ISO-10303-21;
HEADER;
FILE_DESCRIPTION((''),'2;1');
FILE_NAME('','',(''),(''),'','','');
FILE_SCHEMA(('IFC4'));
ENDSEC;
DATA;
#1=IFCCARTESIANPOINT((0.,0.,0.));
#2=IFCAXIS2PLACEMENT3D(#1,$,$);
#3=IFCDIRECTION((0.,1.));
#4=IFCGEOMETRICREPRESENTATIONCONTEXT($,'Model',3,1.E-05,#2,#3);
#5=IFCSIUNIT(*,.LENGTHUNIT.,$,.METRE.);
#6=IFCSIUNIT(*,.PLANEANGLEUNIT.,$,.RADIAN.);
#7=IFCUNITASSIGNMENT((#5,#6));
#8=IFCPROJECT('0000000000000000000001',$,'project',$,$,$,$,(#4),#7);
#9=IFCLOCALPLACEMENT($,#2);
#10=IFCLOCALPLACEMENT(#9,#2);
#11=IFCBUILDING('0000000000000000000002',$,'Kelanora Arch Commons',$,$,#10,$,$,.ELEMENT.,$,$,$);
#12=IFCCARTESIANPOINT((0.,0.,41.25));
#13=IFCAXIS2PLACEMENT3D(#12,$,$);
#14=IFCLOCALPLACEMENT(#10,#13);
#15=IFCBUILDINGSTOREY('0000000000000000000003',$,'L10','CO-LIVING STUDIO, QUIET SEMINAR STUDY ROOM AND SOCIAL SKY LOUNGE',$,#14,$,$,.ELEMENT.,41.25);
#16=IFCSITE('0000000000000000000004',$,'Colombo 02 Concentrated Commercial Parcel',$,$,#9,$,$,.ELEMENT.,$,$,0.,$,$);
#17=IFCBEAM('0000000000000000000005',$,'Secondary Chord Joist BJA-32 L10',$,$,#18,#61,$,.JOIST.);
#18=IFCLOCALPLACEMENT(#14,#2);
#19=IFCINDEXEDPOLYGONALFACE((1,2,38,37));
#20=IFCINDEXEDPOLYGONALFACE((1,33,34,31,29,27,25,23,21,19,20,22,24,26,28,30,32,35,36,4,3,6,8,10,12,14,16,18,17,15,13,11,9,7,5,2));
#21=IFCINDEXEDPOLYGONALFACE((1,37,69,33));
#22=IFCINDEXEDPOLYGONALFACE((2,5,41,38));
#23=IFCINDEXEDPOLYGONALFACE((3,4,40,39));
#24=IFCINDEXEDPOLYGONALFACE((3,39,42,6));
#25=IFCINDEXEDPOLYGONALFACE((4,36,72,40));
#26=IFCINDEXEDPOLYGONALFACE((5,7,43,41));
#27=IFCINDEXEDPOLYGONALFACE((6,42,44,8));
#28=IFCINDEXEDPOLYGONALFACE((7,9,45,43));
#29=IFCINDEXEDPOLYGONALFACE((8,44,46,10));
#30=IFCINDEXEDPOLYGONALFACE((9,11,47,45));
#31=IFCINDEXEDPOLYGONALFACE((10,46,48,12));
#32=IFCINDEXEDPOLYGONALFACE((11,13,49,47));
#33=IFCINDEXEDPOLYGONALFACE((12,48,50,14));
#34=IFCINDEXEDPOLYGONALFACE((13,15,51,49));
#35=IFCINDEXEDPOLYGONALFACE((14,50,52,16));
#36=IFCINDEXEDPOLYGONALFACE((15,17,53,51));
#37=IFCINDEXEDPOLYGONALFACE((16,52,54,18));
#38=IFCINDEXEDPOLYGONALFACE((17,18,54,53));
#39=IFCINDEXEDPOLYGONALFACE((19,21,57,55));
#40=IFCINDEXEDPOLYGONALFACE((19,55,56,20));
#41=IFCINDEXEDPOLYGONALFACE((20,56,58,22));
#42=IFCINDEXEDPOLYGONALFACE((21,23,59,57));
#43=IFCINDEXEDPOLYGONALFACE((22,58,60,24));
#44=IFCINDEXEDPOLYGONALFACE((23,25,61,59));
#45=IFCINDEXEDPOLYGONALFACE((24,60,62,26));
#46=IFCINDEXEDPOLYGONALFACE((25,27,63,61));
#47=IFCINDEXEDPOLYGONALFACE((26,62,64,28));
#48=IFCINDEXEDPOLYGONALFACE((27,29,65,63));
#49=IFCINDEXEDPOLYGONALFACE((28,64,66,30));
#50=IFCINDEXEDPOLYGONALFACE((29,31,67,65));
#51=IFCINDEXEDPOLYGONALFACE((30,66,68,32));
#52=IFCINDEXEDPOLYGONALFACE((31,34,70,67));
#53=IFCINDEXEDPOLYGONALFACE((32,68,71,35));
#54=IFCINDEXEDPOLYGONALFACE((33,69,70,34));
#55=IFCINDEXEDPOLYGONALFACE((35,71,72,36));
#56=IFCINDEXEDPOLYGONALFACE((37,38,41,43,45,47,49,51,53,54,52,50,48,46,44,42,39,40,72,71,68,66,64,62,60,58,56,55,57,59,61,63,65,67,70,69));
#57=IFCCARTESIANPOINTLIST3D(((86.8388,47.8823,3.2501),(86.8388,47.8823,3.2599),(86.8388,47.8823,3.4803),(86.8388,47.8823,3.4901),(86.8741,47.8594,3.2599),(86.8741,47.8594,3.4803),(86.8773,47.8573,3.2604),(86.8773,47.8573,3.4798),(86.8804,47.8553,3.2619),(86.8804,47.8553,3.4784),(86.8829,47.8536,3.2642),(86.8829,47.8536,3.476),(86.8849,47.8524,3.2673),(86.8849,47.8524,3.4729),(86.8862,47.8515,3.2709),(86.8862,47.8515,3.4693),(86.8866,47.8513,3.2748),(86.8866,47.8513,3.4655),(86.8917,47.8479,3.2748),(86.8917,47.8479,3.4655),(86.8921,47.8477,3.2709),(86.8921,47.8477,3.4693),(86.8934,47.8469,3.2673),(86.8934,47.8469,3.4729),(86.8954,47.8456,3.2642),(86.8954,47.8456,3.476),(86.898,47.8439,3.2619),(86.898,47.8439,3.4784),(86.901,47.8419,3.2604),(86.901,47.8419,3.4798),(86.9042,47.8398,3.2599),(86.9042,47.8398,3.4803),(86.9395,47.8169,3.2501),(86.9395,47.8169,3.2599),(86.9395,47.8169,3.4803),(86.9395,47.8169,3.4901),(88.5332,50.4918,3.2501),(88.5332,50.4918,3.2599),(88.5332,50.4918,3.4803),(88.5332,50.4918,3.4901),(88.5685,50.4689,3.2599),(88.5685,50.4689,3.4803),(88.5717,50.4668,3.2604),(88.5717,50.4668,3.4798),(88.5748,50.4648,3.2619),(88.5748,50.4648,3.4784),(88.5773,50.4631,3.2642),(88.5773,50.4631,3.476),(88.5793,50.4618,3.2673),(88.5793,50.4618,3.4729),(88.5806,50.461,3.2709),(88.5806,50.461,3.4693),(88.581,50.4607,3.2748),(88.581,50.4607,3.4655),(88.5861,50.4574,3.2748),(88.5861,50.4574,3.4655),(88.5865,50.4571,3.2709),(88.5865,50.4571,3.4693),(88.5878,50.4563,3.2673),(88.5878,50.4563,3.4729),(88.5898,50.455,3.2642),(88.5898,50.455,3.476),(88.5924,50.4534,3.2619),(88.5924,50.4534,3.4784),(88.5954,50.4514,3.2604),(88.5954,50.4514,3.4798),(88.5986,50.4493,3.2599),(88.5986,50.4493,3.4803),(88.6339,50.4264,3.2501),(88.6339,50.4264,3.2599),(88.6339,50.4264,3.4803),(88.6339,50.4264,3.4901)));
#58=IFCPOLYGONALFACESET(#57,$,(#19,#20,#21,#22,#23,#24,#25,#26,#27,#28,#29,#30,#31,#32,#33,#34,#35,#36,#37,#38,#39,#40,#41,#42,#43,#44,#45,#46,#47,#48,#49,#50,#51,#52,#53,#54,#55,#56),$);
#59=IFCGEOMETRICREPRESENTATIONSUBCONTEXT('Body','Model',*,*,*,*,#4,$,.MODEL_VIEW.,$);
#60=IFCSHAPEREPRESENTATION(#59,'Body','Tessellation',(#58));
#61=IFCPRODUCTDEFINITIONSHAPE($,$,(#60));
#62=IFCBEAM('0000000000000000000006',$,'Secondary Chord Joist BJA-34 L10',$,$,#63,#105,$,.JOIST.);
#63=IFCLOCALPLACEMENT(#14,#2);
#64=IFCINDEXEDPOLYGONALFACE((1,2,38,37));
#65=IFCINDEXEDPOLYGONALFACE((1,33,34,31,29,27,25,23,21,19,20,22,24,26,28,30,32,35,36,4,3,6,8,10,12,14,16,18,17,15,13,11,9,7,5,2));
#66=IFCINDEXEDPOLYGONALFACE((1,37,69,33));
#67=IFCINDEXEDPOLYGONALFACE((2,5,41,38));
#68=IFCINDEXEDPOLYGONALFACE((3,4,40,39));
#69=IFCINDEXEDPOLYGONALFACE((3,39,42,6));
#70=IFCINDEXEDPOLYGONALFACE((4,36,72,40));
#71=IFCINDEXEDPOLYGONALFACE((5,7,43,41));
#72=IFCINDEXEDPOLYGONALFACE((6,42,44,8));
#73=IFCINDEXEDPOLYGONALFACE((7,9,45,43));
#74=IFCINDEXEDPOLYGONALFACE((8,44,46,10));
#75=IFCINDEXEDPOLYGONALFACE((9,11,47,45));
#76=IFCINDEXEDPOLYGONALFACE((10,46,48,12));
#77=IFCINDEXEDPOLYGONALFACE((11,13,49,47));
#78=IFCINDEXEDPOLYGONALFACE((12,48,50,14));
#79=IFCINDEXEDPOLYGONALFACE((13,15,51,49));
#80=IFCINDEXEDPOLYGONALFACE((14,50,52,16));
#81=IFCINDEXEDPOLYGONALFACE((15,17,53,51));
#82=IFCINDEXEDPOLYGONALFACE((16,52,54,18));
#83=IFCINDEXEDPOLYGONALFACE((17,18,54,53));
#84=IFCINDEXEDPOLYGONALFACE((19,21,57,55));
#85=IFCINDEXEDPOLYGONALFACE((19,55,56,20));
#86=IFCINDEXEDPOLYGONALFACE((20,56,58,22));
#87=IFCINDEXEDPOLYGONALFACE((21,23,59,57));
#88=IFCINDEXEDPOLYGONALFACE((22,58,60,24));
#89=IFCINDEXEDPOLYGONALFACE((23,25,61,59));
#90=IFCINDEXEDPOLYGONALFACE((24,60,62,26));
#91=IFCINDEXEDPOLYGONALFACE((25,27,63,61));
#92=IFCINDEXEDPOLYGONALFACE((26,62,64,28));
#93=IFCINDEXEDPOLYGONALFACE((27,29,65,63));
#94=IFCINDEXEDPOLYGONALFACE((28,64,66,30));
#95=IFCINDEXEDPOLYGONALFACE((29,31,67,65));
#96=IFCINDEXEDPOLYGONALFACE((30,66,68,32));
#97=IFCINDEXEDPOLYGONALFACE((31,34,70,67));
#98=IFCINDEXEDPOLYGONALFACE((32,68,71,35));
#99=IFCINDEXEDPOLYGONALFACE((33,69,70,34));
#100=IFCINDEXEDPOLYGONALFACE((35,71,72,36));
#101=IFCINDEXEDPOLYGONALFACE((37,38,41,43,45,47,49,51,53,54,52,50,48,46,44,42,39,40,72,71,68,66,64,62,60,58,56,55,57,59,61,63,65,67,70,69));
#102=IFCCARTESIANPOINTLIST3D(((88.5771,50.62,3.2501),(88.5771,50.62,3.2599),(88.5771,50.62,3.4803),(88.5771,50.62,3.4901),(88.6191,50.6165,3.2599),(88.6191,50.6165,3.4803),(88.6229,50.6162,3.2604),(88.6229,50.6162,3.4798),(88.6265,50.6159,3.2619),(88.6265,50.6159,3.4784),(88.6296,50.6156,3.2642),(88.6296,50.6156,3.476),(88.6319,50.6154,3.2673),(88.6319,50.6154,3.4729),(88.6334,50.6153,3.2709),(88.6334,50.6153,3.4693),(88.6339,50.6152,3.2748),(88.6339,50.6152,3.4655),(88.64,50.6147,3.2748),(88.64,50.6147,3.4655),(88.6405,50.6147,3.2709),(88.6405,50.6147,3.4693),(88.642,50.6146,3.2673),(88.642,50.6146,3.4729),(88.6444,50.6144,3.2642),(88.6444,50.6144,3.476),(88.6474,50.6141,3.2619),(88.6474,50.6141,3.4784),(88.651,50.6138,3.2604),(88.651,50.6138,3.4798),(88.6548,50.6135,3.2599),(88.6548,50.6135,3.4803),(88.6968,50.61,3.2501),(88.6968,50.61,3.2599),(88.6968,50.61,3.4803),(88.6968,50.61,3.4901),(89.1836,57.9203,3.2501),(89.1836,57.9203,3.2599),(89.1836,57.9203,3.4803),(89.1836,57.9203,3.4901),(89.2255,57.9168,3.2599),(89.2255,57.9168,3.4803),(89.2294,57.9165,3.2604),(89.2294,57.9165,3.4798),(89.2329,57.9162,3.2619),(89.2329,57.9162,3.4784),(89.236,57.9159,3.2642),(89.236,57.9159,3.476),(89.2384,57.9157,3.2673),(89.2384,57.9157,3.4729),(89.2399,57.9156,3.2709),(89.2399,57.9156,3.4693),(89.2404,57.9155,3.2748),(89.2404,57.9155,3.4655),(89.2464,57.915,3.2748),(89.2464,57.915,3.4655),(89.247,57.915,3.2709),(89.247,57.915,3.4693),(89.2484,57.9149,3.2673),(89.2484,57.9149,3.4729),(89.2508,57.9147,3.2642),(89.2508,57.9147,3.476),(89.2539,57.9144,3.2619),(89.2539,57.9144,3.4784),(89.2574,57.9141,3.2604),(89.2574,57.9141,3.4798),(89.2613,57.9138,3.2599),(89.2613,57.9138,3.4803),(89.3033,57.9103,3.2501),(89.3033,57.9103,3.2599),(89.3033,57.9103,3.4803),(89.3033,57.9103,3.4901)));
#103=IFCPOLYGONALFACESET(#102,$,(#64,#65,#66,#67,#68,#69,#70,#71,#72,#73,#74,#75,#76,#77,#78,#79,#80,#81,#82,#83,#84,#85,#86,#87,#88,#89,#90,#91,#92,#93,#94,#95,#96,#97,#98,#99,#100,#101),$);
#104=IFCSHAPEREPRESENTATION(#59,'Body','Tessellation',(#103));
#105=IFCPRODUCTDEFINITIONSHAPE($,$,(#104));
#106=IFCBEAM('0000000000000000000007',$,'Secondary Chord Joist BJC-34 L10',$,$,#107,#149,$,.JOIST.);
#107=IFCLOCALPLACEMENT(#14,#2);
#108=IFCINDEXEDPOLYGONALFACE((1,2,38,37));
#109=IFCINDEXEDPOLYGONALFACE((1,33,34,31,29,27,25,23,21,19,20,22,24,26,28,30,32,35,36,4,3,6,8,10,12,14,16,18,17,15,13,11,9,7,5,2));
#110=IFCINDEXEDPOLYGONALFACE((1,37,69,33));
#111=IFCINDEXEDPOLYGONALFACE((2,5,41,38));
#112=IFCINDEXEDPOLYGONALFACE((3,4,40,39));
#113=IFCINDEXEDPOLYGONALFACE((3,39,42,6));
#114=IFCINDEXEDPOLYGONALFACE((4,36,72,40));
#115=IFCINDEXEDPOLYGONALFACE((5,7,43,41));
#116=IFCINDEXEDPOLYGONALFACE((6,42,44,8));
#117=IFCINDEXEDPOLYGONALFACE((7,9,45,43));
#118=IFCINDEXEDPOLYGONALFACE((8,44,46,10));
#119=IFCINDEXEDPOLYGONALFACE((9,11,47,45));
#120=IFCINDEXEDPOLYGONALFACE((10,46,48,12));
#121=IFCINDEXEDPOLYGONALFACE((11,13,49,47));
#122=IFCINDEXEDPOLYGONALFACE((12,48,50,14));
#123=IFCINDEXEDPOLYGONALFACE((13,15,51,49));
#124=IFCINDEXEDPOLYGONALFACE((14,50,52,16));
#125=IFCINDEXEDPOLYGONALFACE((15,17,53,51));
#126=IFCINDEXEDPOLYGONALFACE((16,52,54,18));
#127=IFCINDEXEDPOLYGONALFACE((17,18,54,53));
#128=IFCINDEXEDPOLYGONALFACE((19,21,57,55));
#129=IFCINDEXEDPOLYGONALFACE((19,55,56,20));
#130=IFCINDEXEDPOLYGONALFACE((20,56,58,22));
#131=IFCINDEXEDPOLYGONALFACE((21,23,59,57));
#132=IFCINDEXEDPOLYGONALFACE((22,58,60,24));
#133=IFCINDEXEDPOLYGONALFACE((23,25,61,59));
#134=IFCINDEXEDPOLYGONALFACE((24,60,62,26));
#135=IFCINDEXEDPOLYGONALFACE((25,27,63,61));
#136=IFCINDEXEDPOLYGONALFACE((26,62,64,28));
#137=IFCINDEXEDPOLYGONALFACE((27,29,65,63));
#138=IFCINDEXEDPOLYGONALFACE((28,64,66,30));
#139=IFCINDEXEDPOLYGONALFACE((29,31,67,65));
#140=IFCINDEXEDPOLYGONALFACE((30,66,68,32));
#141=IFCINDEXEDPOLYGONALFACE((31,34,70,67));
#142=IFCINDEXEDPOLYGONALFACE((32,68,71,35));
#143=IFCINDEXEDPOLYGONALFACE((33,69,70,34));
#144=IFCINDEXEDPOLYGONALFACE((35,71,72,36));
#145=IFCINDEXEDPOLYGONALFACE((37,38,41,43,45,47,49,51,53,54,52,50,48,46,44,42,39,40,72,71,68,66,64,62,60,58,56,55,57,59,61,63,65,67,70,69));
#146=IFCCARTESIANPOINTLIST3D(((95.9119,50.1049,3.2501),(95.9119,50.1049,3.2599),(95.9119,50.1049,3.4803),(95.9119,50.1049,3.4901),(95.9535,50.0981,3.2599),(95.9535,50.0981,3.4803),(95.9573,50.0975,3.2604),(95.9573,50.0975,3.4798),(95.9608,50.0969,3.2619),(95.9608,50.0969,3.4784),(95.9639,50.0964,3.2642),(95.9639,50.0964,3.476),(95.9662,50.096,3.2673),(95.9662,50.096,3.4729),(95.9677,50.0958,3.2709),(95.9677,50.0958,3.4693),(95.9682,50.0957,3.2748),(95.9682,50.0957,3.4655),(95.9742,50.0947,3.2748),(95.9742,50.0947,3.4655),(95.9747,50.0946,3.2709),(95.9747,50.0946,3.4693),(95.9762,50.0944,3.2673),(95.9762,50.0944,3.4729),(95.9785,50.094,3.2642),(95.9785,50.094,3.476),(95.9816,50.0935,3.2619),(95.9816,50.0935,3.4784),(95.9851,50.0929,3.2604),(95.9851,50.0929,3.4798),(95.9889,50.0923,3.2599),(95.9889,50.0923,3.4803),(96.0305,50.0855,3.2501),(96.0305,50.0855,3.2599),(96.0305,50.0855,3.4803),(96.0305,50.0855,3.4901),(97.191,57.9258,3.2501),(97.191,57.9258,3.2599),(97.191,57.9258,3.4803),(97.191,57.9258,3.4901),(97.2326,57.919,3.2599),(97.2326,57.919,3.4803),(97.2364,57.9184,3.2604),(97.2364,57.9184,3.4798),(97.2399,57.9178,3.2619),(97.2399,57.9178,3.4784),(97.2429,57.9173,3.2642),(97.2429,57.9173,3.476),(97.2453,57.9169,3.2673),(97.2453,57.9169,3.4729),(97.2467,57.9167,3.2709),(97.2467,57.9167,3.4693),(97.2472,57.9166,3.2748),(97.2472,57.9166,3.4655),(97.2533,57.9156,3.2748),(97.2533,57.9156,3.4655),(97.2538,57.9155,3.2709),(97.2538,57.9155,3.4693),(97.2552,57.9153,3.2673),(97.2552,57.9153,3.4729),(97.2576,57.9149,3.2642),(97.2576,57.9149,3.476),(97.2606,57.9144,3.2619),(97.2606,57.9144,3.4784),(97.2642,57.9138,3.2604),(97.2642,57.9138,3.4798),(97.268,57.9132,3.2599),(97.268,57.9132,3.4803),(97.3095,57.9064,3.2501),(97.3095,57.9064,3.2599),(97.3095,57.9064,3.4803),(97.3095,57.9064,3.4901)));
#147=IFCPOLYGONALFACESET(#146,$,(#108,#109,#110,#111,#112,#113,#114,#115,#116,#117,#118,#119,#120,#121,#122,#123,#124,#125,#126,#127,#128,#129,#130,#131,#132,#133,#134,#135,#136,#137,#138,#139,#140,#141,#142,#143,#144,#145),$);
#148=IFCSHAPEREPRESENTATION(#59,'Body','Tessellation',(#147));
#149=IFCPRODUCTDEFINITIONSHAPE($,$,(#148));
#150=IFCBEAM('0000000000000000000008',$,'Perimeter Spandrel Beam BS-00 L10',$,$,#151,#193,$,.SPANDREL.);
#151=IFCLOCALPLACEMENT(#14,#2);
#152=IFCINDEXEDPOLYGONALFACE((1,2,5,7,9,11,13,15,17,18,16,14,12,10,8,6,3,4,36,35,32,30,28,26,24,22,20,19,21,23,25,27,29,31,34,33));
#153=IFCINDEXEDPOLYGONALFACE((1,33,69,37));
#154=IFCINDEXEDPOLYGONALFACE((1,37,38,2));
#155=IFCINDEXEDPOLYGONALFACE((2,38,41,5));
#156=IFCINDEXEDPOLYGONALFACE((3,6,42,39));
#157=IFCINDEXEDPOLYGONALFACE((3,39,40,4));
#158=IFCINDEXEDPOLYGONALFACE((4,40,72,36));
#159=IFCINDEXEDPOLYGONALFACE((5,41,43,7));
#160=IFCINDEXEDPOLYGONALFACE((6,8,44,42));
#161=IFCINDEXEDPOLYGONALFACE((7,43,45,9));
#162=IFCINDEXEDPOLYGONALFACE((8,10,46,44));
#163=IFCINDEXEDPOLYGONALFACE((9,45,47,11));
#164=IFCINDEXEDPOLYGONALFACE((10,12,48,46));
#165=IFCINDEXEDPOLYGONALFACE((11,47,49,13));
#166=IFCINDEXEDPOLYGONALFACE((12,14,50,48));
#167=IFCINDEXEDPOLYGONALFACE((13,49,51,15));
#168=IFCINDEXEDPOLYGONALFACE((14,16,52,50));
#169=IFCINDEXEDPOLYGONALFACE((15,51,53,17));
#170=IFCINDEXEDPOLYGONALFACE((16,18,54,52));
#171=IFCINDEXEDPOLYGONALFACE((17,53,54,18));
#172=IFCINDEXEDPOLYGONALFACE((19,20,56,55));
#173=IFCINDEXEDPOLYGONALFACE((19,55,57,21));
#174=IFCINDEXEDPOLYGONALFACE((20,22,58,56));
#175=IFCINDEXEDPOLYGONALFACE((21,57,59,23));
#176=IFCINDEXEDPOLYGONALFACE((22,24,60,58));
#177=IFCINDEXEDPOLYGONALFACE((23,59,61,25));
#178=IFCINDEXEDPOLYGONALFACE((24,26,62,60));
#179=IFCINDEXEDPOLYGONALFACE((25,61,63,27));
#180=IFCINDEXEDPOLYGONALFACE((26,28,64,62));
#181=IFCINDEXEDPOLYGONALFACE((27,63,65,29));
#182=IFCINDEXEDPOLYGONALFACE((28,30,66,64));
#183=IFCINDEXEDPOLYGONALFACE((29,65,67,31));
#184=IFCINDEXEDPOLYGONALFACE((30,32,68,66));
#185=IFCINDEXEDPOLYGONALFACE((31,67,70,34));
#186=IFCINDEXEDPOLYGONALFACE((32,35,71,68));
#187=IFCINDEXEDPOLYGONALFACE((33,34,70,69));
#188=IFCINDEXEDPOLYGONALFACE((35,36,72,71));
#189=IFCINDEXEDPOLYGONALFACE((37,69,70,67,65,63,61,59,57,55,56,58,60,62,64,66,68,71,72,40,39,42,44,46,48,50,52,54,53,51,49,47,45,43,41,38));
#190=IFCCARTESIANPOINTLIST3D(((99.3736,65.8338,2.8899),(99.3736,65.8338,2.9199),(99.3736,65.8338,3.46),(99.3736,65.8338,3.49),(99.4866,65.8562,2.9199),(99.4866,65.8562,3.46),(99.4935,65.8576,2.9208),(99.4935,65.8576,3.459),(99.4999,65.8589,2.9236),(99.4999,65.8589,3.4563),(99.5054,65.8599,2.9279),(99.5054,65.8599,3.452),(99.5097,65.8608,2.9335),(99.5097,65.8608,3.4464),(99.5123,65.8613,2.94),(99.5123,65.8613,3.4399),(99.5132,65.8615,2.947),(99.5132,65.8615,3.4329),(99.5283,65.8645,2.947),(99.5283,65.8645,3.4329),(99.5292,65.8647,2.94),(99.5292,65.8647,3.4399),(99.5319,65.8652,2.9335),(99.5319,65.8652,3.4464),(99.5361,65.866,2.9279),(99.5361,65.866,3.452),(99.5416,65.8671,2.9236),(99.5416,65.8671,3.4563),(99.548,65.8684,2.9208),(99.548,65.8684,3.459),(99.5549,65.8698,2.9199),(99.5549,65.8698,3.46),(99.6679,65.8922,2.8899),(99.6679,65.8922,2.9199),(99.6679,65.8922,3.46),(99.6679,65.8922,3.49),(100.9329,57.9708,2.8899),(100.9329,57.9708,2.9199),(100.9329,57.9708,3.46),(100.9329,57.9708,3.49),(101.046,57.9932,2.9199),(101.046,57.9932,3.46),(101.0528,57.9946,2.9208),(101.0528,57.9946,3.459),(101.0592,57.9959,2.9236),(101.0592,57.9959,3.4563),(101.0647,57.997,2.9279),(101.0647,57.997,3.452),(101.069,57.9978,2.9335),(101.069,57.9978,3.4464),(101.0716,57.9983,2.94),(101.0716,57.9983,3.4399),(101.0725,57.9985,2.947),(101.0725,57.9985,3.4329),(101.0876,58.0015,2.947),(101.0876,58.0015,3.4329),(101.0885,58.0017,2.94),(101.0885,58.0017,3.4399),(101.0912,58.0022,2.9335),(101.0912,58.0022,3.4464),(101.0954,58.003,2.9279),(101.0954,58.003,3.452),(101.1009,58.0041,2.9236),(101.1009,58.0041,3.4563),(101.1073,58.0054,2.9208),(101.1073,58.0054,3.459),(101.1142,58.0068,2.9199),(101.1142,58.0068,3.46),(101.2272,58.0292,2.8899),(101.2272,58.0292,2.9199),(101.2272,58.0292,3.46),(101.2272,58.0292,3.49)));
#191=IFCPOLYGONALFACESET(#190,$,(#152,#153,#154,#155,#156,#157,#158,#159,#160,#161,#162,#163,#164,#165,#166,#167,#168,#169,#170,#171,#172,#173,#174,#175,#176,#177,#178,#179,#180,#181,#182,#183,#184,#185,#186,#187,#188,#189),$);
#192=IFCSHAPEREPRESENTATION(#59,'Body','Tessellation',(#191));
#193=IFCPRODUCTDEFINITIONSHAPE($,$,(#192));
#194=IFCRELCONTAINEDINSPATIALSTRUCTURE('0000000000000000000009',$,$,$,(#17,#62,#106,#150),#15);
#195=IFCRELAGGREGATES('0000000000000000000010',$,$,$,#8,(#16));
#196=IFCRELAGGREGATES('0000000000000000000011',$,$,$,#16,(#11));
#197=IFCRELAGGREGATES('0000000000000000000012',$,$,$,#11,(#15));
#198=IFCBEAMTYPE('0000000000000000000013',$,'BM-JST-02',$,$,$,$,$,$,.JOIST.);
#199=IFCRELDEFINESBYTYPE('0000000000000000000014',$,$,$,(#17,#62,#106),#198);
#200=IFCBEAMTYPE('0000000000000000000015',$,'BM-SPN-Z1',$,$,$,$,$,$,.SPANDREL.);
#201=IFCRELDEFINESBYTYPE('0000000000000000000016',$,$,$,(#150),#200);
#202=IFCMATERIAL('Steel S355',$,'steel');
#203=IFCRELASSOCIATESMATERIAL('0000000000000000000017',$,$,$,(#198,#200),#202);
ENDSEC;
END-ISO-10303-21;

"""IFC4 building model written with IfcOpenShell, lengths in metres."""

from ifc_helpers import new_model, si_unit, direction, frame, origin, origin_2d, place, context, subcontext, project, spatial, i_section, extrude, material, material_profile, profile_set, type_object, element, save


model = new_model("IFC4")

# Units and contexts
model_context = context("Model", 3, precision=1e-05, world=origin(), true_north=direction((0.0, 1.0)))
body_context = subcontext(model_context, "Body", "Model", "MODEL_VIEW")
ifc_project = project(units=[si_unit("LENGTHUNIT", "METRE"), si_unit("PLANEANGLEUNIT", "RADIAN")], contexts=[model_context])

# Site, building, storey
site_placement = place(None, origin())
site = spatial("IfcSite", under=ifc_project, at=site_placement, Name="Colombo 02 Concentrated Commercial Parcel", CompositionType="ELEMENT", RefElevation=0.0)
building_placement = place(site_placement, origin())
building = spatial("IfcBuilding", under=site, at=building_placement, Name="Kelanora Arch Commons", CompositionType="ELEMENT")
storey_placement = place(building_placement, frame((0.0, 0.0, 41.25)))
storey = spatial("IfcBuildingStorey", under=building, at=storey_placement, Name="L10", Description="CO-LIVING STUDIO, QUIET SEMINAR STUDY ROOM AND SOCIAL SKY LOUNGE", CompositionType="ELEMENT", Elevation=41.25)

# Beams
ifc_material_1 = material(Name="Steel S355", Category="steel")
ifc_material_profile_1 = material_profile(ifc_material_1, i_section(OverallWidth=0.1201, OverallDepth=0.24, WebThickness=0.0061, FlangeThickness=0.0098, FilletRadius=0.0149, at=origin_2d()), Name="IPE240")
ifc_profile_set_1 = profile_set([ifc_material_profile_1], Name="Steel S355")
beam_type_1 = type_object("IfcBeamType", Name="BM-JST-02", PredefinedType="JOIST", material=ifc_profile_set_1)
beam_1_placement = place(storey_placement, frame((86.8892, 47.8496, 3.3701), z_axis=(0.544591, 0.838702, 0.0), x_axis=(-0.838702, 0.544591, 0.0)))
element("IfcBeam", 1, at=beam_1_placement, inside=storey, type_object=beam_type_1, Name="Secondary Chord Joist BJA-32 L10", PredefinedType="JOIST", context=body_context, shape_type="SweptSolid", body=[
    extrude(i_section(OverallWidth=0.1201, OverallDepth=0.24, WebThickness=0.0061, FlangeThickness=0.0098, FilletRadius=0.0149, at=origin_2d()), origin(), (0.0, 0.0, 1.0), 3.1113),
])
beam_2_placement = place(storey_placement, frame((88.637, 50.615, 3.3701), z_axis=(0.082786, 0.996567, 0.0), x_axis=(-0.996567, 0.082786, 0.0)))
element("IfcBeam", 2, at=beam_2_placement, inside=storey, type_object=beam_type_1, Name="Secondary Chord Joist BJA-34 L10", PredefinedType="JOIST", context=body_context, shape_type="SweptSolid", body=[
    extrude(i_section(OverallWidth=0.1201, OverallDepth=0.24, WebThickness=0.0061, FlangeThickness=0.0098, FilletRadius=0.0149, at=origin_2d()), origin(), (0.0, 0.0, 1.0), 7.3254),
])
beam_3_placement = place(storey_placement, frame((95.9712, 50.0952, 3.3701), z_axis=(0.161401, 0.986889, 0.0), x_axis=(-0.986889, 0.161401, 0.0)))
element("IfcBeam", 3, at=beam_3_placement, inside=storey, type_object=beam_type_1, Name="Secondary Chord Joist BJC-34 L10", PredefinedType="JOIST", context=body_context, shape_type="SweptSolid", body=[
    extrude(i_section(OverallWidth=0.1201, OverallDepth=0.24, WebThickness=0.0061, FlangeThickness=0.0098, FilletRadius=0.0149, at=origin_2d()), origin(), (0.0, 0.0, 1.0), 7.9248),
])
ifc_material_profile_2 = material_profile(ifc_material_1, i_section(OverallWidth=0.3, OverallDepth=0.6001, WebThickness=0.0154, FlangeThickness=0.03, FilletRadius=0.0271, at=origin_2d()), Name="HEB600")
ifc_profile_set_2 = profile_set([ifc_material_profile_2], Name="Steel S355")
beam_type_2 = type_object("IfcBeamType", Name="BM-SPN-Z1", PredefinedType="SPANDREL", material=ifc_profile_set_2)
beam_4_placement = place(storey_placement, frame((101.0801, 58.0, 3.1899), z_axis=(-0.194523, 0.980898, 0.0), x_axis=(-0.980898, -0.194523, 0.0)))
element("IfcBeam", 4, at=beam_4_placement, inside=storey, type_object=beam_type_2, Name="Perimeter Spandrel Beam BS-00 L10", PredefinedType="SPANDREL", context=body_context, shape_type="SweptSolid", body=[
    extrude(i_section(OverallWidth=0.3, OverallDepth=0.6001, WebThickness=0.0154, FlangeThickness=0.03, FilletRadius=0.0271, at=origin_2d()), origin(), (0.0, 0.0, 1.0), 8.0161),
])

save(model, "model.ifc")
